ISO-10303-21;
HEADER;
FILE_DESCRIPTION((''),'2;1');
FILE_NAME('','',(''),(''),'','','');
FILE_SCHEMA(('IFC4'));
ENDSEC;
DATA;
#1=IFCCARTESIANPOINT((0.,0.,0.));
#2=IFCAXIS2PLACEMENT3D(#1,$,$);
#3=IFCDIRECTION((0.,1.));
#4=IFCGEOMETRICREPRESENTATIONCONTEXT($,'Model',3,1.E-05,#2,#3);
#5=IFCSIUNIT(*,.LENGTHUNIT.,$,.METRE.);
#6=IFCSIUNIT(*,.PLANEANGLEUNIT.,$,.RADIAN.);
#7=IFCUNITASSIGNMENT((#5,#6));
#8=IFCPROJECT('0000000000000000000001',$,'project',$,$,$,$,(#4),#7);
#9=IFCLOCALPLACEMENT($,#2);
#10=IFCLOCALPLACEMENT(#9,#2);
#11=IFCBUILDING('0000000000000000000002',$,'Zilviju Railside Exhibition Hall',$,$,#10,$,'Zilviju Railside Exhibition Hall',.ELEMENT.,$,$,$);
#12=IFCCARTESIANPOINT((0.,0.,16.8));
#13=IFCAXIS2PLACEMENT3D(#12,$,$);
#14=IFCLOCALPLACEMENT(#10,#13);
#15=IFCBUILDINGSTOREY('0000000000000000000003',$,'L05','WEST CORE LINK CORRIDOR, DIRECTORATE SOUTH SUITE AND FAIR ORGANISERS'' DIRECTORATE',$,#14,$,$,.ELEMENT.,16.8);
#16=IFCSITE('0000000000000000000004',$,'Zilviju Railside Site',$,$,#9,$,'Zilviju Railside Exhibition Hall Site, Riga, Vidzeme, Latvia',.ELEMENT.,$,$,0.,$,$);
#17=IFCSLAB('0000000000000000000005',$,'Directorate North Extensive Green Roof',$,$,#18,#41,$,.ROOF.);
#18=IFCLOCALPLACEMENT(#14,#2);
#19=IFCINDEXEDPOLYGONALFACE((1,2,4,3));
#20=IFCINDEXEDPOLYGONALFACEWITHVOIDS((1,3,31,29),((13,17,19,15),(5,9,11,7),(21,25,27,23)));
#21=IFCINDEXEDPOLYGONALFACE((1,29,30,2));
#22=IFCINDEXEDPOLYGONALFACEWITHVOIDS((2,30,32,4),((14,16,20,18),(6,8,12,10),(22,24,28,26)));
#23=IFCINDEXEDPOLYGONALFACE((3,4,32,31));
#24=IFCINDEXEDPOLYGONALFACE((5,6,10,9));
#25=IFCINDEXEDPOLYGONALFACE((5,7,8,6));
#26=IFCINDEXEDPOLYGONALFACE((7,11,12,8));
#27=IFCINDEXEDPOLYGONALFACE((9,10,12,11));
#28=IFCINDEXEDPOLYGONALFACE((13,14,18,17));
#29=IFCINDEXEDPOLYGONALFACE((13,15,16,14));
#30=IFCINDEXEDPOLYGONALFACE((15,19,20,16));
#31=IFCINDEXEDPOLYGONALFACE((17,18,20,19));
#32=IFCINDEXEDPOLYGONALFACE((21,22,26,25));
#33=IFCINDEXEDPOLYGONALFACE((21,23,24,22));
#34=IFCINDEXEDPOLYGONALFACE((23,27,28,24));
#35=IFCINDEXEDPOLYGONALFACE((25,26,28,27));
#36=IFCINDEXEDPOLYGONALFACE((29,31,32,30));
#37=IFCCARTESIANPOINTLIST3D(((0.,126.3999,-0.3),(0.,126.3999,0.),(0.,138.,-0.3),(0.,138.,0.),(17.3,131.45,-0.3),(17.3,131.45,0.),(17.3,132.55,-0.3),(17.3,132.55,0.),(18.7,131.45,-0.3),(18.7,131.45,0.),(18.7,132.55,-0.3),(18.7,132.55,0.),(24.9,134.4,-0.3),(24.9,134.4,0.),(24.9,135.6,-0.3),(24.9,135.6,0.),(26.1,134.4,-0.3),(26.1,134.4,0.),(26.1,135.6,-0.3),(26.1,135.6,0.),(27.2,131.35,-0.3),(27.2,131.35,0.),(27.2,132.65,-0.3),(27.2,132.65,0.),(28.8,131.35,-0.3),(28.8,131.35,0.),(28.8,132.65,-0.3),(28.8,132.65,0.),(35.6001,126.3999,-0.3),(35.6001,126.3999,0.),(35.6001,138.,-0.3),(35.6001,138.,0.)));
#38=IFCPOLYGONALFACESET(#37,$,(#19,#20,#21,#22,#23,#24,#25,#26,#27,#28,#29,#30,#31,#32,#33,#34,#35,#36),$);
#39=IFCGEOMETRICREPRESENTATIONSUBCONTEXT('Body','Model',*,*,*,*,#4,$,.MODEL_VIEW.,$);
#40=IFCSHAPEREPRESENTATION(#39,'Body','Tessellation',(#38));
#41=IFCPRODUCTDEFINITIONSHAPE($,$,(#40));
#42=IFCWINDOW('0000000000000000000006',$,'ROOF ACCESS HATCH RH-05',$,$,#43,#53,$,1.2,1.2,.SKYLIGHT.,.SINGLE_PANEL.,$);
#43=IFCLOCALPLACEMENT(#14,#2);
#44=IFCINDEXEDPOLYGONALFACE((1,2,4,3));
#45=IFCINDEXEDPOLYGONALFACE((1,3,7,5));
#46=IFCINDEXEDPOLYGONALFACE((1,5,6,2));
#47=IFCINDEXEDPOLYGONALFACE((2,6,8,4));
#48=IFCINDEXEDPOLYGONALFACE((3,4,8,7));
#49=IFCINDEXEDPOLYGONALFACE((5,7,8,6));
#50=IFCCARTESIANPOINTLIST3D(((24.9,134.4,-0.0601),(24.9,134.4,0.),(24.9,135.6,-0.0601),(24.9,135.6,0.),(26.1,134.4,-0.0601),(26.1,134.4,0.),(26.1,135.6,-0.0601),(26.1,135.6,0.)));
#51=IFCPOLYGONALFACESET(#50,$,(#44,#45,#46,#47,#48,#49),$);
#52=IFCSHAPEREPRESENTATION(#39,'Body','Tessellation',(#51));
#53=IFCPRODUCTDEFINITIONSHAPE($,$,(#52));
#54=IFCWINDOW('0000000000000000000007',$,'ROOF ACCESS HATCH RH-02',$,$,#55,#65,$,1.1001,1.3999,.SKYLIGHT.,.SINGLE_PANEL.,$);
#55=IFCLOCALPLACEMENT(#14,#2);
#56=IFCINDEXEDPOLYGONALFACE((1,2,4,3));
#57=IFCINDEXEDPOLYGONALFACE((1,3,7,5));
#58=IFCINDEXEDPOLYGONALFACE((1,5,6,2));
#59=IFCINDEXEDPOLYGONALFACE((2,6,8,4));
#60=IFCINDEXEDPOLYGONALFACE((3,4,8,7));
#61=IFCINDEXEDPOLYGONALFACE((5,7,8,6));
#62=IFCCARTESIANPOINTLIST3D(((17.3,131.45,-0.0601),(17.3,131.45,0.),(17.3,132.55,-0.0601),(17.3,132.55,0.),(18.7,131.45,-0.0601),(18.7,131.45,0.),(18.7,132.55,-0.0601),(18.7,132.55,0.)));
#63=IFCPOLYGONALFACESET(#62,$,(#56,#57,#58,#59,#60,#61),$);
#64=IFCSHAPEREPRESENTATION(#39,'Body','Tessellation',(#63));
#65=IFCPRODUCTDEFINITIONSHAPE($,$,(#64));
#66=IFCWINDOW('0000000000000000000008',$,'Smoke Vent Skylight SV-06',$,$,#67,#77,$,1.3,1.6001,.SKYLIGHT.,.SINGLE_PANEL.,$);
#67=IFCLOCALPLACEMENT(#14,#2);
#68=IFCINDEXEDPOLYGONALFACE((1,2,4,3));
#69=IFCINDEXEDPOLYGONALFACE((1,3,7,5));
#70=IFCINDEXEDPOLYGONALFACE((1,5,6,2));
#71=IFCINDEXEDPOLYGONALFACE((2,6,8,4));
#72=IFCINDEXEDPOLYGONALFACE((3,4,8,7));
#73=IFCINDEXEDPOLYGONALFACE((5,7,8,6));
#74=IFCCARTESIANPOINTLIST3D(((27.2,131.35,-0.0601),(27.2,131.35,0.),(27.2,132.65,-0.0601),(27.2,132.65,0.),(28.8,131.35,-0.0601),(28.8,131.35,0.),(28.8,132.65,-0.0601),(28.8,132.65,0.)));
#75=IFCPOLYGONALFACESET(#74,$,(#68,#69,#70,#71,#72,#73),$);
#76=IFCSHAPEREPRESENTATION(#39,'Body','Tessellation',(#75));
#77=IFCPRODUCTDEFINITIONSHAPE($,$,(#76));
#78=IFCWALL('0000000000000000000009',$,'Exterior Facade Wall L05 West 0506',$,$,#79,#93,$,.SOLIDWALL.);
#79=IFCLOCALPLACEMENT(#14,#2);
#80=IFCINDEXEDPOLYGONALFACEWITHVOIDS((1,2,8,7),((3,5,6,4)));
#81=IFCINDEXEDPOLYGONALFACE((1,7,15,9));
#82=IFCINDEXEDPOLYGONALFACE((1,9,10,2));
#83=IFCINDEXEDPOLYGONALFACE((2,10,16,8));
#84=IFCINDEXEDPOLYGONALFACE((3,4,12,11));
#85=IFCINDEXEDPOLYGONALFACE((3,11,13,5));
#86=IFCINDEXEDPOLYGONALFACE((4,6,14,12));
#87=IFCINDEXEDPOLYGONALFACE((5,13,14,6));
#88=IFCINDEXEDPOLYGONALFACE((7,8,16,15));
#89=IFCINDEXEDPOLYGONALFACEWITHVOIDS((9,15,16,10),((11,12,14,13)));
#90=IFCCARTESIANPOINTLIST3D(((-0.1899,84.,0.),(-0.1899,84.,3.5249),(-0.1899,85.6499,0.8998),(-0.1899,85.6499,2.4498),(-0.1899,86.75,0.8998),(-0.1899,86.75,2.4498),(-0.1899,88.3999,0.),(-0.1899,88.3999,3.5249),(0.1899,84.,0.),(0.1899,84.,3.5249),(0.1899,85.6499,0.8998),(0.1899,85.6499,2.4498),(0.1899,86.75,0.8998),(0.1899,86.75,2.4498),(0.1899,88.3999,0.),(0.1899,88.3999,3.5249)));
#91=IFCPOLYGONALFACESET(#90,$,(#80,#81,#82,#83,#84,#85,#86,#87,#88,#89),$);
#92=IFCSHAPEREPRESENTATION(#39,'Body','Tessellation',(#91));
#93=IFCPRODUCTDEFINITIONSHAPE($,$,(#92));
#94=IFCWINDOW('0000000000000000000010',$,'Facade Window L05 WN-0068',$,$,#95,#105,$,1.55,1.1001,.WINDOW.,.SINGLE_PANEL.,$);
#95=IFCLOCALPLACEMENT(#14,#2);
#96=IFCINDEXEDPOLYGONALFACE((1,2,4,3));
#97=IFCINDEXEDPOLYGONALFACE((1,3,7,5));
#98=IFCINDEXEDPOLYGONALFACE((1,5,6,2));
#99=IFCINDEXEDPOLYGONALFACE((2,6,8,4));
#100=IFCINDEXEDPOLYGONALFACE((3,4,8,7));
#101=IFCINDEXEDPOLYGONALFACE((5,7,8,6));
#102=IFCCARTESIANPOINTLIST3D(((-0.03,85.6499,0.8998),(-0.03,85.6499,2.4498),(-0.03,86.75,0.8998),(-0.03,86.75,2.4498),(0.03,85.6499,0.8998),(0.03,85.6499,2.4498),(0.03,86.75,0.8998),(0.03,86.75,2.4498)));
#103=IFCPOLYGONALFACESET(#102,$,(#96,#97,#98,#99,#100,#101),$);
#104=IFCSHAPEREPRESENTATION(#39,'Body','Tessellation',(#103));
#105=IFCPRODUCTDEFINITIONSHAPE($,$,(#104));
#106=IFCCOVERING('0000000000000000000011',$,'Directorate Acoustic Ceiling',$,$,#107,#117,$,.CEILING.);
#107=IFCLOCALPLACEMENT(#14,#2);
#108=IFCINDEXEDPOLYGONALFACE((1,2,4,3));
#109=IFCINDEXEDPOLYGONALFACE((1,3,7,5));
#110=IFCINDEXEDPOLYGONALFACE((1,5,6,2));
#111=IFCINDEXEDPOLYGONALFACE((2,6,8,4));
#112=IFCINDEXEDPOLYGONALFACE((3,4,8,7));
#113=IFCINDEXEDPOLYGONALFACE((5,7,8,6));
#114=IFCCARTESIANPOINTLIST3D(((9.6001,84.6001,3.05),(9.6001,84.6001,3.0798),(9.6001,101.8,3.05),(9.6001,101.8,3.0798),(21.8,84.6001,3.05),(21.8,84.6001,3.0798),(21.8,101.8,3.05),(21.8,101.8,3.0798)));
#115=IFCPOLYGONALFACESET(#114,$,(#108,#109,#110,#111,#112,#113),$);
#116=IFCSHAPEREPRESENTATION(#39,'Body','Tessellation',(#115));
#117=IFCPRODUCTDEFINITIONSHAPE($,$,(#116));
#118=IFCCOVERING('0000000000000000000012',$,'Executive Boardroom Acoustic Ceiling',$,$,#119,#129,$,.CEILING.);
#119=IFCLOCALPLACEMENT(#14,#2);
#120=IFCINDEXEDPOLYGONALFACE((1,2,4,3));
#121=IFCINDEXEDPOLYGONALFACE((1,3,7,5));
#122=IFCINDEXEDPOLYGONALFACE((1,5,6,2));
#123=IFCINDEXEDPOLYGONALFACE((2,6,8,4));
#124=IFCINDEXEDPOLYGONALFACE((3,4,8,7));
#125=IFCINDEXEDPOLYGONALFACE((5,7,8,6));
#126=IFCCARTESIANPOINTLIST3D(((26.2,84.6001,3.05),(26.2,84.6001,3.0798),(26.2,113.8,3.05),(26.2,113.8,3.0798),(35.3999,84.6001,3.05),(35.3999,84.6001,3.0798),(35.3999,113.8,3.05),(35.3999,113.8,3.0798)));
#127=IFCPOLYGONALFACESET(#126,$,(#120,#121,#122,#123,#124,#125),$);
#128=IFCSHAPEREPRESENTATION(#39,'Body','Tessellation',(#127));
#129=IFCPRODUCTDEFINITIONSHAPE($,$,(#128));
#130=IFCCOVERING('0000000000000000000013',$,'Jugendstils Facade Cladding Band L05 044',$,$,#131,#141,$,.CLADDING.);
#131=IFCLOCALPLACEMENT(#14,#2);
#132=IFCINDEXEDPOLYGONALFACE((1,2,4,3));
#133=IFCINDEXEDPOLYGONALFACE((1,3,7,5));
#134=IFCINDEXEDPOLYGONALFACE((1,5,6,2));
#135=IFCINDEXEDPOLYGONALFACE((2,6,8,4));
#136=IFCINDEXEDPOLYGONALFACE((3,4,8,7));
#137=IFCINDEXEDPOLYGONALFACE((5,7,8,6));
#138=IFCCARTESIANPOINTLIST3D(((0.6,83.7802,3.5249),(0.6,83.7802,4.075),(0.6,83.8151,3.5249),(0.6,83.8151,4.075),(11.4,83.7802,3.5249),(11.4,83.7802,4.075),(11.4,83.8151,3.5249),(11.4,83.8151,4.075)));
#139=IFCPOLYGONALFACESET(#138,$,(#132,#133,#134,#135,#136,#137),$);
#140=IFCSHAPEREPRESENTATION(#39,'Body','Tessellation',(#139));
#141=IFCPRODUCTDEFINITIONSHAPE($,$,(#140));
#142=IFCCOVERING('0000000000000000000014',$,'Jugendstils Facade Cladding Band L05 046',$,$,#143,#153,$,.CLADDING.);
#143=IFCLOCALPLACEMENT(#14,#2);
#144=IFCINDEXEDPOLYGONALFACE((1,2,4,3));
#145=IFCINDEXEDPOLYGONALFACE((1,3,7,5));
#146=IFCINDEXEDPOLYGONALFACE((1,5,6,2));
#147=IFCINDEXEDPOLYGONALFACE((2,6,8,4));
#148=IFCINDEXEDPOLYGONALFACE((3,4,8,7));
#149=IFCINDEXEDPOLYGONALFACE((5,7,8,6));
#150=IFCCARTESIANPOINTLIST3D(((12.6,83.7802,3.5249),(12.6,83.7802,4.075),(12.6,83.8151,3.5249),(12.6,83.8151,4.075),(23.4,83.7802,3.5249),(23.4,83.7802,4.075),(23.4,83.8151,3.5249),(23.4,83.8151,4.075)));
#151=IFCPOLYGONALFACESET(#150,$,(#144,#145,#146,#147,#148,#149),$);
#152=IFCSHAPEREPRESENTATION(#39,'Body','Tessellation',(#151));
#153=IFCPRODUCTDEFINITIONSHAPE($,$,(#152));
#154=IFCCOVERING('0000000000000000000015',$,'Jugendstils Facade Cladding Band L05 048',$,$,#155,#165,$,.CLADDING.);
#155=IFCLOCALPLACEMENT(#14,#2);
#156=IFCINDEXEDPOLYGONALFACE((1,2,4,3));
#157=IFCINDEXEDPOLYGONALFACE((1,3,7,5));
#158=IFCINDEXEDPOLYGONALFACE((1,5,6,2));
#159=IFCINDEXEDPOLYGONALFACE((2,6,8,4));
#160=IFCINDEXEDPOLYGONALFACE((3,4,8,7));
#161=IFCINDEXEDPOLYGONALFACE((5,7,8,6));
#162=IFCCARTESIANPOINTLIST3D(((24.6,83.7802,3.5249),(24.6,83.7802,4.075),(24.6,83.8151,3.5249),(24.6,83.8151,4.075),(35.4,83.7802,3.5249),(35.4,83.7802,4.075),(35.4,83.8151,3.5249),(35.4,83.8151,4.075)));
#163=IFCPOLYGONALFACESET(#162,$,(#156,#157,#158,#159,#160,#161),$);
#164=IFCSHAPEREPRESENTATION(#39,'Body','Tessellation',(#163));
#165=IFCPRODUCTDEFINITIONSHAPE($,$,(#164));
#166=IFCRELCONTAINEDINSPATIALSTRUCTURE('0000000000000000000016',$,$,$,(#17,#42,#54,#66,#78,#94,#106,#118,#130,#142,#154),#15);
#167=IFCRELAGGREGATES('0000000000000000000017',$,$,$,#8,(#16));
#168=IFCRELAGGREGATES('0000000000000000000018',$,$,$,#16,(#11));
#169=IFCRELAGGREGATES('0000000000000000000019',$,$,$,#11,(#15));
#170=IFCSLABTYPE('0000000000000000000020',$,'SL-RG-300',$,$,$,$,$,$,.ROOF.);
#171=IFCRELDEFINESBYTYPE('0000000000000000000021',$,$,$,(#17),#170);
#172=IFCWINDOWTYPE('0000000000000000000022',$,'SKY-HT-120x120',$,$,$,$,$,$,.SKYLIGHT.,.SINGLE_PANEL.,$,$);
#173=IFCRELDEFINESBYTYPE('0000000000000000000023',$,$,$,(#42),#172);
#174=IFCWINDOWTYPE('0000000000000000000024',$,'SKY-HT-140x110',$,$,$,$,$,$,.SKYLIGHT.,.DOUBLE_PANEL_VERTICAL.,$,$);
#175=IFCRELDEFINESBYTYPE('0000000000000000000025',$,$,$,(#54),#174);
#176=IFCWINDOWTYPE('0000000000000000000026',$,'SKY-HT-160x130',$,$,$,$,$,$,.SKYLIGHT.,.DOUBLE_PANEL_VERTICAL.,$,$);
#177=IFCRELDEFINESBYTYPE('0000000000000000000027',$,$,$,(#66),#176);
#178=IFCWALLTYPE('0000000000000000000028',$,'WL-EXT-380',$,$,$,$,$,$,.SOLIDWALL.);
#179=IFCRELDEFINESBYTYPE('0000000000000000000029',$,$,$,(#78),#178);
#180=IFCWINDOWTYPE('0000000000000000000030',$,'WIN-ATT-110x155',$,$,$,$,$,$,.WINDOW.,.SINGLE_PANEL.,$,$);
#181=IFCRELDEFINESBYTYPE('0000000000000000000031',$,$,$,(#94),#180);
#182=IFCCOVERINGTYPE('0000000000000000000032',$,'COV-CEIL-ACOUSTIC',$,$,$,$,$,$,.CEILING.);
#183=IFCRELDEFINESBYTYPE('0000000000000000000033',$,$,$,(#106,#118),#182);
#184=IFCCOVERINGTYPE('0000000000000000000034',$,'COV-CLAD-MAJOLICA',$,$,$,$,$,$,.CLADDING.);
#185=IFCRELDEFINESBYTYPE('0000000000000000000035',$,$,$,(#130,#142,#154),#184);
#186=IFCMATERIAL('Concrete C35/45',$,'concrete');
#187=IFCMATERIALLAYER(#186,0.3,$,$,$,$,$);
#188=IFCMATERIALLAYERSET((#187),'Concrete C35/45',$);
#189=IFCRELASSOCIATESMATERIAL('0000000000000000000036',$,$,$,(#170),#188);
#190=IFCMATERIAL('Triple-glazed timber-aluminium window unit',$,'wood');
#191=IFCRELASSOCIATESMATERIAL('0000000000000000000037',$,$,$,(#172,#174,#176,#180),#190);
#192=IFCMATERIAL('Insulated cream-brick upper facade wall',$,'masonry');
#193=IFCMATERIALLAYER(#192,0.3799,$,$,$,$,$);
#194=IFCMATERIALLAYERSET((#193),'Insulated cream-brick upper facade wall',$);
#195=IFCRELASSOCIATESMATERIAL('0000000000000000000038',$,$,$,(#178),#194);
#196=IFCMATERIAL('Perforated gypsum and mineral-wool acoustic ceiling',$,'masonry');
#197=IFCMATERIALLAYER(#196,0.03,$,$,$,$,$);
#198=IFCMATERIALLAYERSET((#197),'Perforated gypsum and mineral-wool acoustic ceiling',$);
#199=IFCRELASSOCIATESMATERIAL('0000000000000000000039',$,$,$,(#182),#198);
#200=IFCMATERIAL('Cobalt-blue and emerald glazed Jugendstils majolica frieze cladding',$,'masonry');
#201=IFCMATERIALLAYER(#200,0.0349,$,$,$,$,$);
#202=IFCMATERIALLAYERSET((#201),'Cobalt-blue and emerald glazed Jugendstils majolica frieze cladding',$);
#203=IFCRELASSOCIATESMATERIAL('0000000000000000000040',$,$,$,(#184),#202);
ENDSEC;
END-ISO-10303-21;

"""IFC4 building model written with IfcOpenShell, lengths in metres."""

from ifc_helpers import new_model, si_unit, direction, frame, frame_2d, origin, origin_2d, place, context, subcontext, project, spatial, polyline, rectangle, outline, extrude, material, layer, layer_set, type_object, element, fill, save


model = new_model("IFC4")

# Units and contexts
model_context = context("Model", 3, precision=1e-05, world=origin(), true_north=direction((0.0, 1.0)))
body_context = subcontext(model_context, "Body", "Model", "MODEL_VIEW")
ifc_project = project(units=[si_unit("LENGTHUNIT", "METRE"), si_unit("PLANEANGLEUNIT", "RADIAN")], contexts=[model_context])

# Site, building, storey
site_placement = place(None, origin())
site = spatial("IfcSite", under=ifc_project, at=site_placement, Name="Zilviju Railside Site", LongName="Zilviju Railside Exhibition Hall Site, Riga, Vidzeme, Latvia", CompositionType="ELEMENT", RefElevation=0.0)
building_placement = place(site_placement, origin())
building = spatial("IfcBuilding", under=site, at=building_placement, Name="Zilviju Railside Exhibition Hall", LongName="Zilviju Railside Exhibition Hall", CompositionType="ELEMENT")
storey_placement = place(building_placement, frame((0.0, 0.0, 16.8)))
storey = spatial("IfcBuildingStorey", under=building, at=storey_placement, Name="L05", Description="WEST CORE LINK CORRIDOR, DIRECTORATE SOUTH SUITE AND FAIR ORGANISERS' DIRECTORATE", CompositionType="ELEMENT", Elevation=16.8)

# Shared definitions
ifc_material_1 = material(Name="Concrete C35/45", Category="concrete")

# Shared definitions
ifc_layer_1 = layer(ifc_material_1, 0.3)
ifc_layer_set_1 = layer_set([ifc_layer_1], Name="Concrete C35/45")
slab_type_1 = type_object("IfcSlabType", Name="SL-RG-300", PredefinedType="ROOF", material=ifc_layer_set_1)

# Slab, openings, windows
slab_1_placement = place(storey_placement, frame((0.0, 0.0, -0.3)))
slab_1 = element("IfcSlab", 1, at=slab_1_placement, inside=storey, type_object=slab_type_1, Name="Directorate North Extensive Green Roof", PredefinedType="ROOF", context=body_context, shape_type="SweptSolid", body=[
    extrude(outline(polyline([(0.0, 126.3999), (35.6001, 126.3999), (35.6001, 138.0), (0.0, 138.0), (0.0, 126.3999)])), origin(), (0.0, 0.0, 1.0), 0.3),
])
opening_1_placement = place(slab_1_placement, frame((18.0, 132.0, 0.0)))
opening_1 = element("IfcOpeningElement", 2, at=opening_1_placement, cuts=slab_1, PredefinedType="OPENING", context=body_context, shape_type="SweptSolid", body=[
    extrude(rectangle(XDim=1.3999, YDim=1.1001, at=origin_2d()), frame((0.0, 0.0, -0.01)), (0.0, 0.0, 1.0), 0.3201),
])
opening_2_placement = place(slab_1_placement, frame((28.0, 132.0, 0.0)))
opening_2 = element("IfcOpeningElement", 3, at=opening_2_placement, cuts=slab_1, PredefinedType="OPENING", context=body_context, shape_type="SweptSolid", body=[
    extrude(rectangle(XDim=1.6001, YDim=1.3, at=origin_2d()), frame((0.0, 0.0, -0.01)), (0.0, 0.0, 1.0), 0.3201),
])
opening_3_placement = place(slab_1_placement, frame((25.5, 135.0, 0.0)))
opening_3 = element("IfcOpeningElement", 4, at=opening_3_placement, cuts=slab_1, PredefinedType="OPENING", context=body_context, shape_type="SweptSolid", body=[
    extrude(rectangle(XDim=1.2, YDim=1.2, at=origin_2d()), frame((0.0, 0.0, -0.01)), (0.0, 0.0, 1.0), 0.3201),
])
ifc_material_2 = material(Name="Triple-glazed timber-aluminium window unit", Category="wood")
window_type_1 = type_object("IfcWindowType", Name="SKY-HT-120x120", PartitioningType="SINGLE_PANEL", PredefinedType="SKYLIGHT", material=ifc_material_2)
window_1_placement = place(opening_3_placement, frame((0.0, 0.0, 0.24)))
window_1 = element("IfcWindow", 5, at=window_1_placement, inside=storey, type_object=window_type_1, Name="ROOF ACCESS HATCH RH-05", OverallHeight=1.2, OverallWidth=1.2, PartitioningType="SINGLE_PANEL", PredefinedType="SKYLIGHT", context=body_context, shape_type="SweptSolid", body=[
    extrude(rectangle(XDim=1.2, YDim=1.2, at=origin_2d()), origin(), (0.0, 0.0, 1.0), 0.0601),
])
fill(opening_3, window_1)
window_type_2 = type_object("IfcWindowType", Name="SKY-HT-140x110", PartitioningType="DOUBLE_PANEL_VERTICAL", PredefinedType="SKYLIGHT", material=ifc_material_2)
window_2_placement = place(opening_1_placement, frame((0.0, 0.0, 0.24)))
window_2 = element("IfcWindow", 6, at=window_2_placement, inside=storey, type_object=window_type_2, Name="ROOF ACCESS HATCH RH-02", OverallHeight=1.1001, OverallWidth=1.3999, PartitioningType="SINGLE_PANEL", PredefinedType="SKYLIGHT", context=body_context, shape_type="SweptSolid", body=[
    extrude(rectangle(XDim=1.3999, YDim=1.1001, at=origin_2d()), origin(), (0.0, 0.0, 1.0), 0.0601),
])
fill(opening_1, window_2)
window_type_3 = type_object("IfcWindowType", Name="SKY-HT-160x130", PartitioningType="DOUBLE_PANEL_VERTICAL", PredefinedType="SKYLIGHT", material=ifc_material_2)
window_3_placement = place(opening_2_placement, frame((0.0, 0.0, 0.24)))
window_3 = element("IfcWindow", 7, at=window_3_placement, inside=storey, type_object=window_type_3, Name="Smoke Vent Skylight SV-06", OverallHeight=1.3, OverallWidth=1.6001, PartitioningType="SINGLE_PANEL", PredefinedType="SKYLIGHT", context=body_context, shape_type="SweptSolid", body=[
    extrude(rectangle(XDim=1.6001, YDim=1.3, at=origin_2d()), origin(), (0.0, 0.0, 1.0), 0.0601),
])
fill(opening_2, window_3)

# Wall, opening, window
ifc_material_3 = material(Name="Insulated cream-brick upper facade wall", Category="masonry")
ifc_layer_2 = layer(ifc_material_3, 0.3799)
ifc_layer_set_2 = layer_set([ifc_layer_2], Name="Insulated cream-brick upper facade wall")
wall_type = type_object("IfcWallType", Name="WL-EXT-380", PredefinedType="SOLIDWALL", material=ifc_layer_set_2)
wall_placement = place(storey_placement, frame((0.0, 84.0, 0.0), z_axis=(0.0, 0.0, 1.0), x_axis=(0.0, 1.0, 0.0)))
wall = element("IfcWall", 8, at=wall_placement, inside=storey, type_object=wall_type, Name="Exterior Facade Wall L05 West 0506", PredefinedType="SOLIDWALL", context=body_context, shape_type="SweptSolid", body=[
    extrude(rectangle(XDim=4.3999, YDim=0.3799, at=frame_2d((2.2, 0.0))), origin(), (0.0, 0.0, 1.0), 3.5249),
])
opening_4_placement = place(wall_placement, frame((1.6499, 0.0, 0.8999)))
opening_4 = element("IfcOpeningElement", 9, at=opening_4_placement, cuts=wall, PredefinedType="OPENING", context=body_context, shape_type="SweptSolid", body=[
    extrude(rectangle(XDim=1.1001, YDim=1.55, at=frame_2d((0.55, 0.7749))), frame((0.0, 0.2, 0.0), z_axis=(0.0, -1.0, 0.0), x_axis=(1.0, 0.0, 0.0)), (0.0, 0.0, 1.0), 0.3999),
])
window_type_4 = type_object("IfcWindowType", Name="WIN-ATT-110x155", PartitioningType="SINGLE_PANEL", PredefinedType="WINDOW", material=ifc_material_2)
window_4_placement = place(opening_4_placement, origin())
window_4 = element("IfcWindow", 10, at=window_4_placement, inside=storey, type_object=window_type_4, Name="Facade Window L05 WN-0068", OverallHeight=1.55, OverallWidth=1.1001, PartitioningType="SINGLE_PANEL", PredefinedType="WINDOW", context=body_context, shape_type="SweptSolid", body=[
    extrude(rectangle(XDim=1.1001, YDim=1.55, at=frame_2d((0.55, 0.7749))), frame((0.0, 0.03, 0.0), z_axis=(0.0, -1.0, 0.0), x_axis=(1.0, 0.0, 0.0)), (0.0, 0.0, 1.0), 0.0601),
])
fill(opening_4, window_4)

# Coverings
ifc_material_4 = material(Name="Perforated gypsum and mineral-wool acoustic ceiling", Category="masonry")
ifc_layer_3 = layer(ifc_material_4, 0.03)
ifc_layer_set_3 = layer_set([ifc_layer_3], Name="Perforated gypsum and mineral-wool acoustic ceiling")
covering_type_1 = type_object("IfcCoveringType", Name="COV-CEIL-ACOUSTIC", PredefinedType="CEILING", material=ifc_layer_set_3)
covering_1_placement = place(storey_placement, frame((0.0, 0.0, 3.05)))
element("IfcCovering", 11, at=covering_1_placement, inside=storey, type_object=covering_type_1, Name="Directorate Acoustic Ceiling", PredefinedType="CEILING", context=body_context, shape_type="SweptSolid", body=[
    extrude(outline(polyline([(9.6001, 84.6001), (21.8, 84.6001), (21.8, 101.8), (9.6001, 101.8), (9.6001, 84.6001)])), origin(), (0.0, 0.0, 1.0), 0.0298),
])
covering_2_placement = place(storey_placement, frame((0.0, 0.0, 3.05)))
element("IfcCovering", 12, at=covering_2_placement, inside=storey, type_object=covering_type_1, Name="Executive Boardroom Acoustic Ceiling", PredefinedType="CEILING", context=body_context, shape_type="SweptSolid", body=[
    extrude(outline(polyline([(26.2, 84.6001), (35.3999, 84.6001), (35.3999, 113.8), (26.2, 113.8), (26.2, 84.6001)])), origin(), (0.0, 0.0, 1.0), 0.0298),
])
ifc_material_5 = material(Name="Cobalt-blue and emerald glazed Jugendstils majolica frieze cladding", Category="masonry")
ifc_layer_4 = layer(ifc_material_5, 0.0349)
ifc_layer_set_4 = layer_set([ifc_layer_4], Name="Cobalt-blue and emerald glazed Jugendstils majolica frieze cladding")
covering_type_2 = type_object("IfcCoveringType", Name="COV-CLAD-MAJOLICA", PredefinedType="CLADDING", material=ifc_layer_set_4)
for number, where, z_axis, x_axis, name in (
    (13, (6.0, 83.7976, 3.5249), (0.0, 0.0, 1.0), (-1.0, 0.0, 0.0), "Jugendstils Facade Cladding Band L05 044"),
    (14, (18.0, 83.7976, 3.5249), (0.0, 0.0, 1.0), (-1.0, 0.0, 0.0), "Jugendstils Facade Cladding Band L05 046"),
    (15, (30.0, 83.7976, 3.5249), (0.0, 0.0, 1.0), (-1.0, 0.0, 0.0), "Jugendstils Facade Cladding Band L05 048"),
):
    element("IfcCovering", number, at=place(storey_placement, frame(where, z_axis=z_axis, x_axis=x_axis)), inside=storey, type_object=covering_type_2, Name=name, PredefinedType="CLADDING", context=body_context, shape_type="SweptSolid", body=[
        extrude(rectangle(XDim=10.8, YDim=0.0349, at=origin_2d()), origin(), (0.0, 0.0, 1.0), 0.55),
    ])

save(model, "model.ifc")
